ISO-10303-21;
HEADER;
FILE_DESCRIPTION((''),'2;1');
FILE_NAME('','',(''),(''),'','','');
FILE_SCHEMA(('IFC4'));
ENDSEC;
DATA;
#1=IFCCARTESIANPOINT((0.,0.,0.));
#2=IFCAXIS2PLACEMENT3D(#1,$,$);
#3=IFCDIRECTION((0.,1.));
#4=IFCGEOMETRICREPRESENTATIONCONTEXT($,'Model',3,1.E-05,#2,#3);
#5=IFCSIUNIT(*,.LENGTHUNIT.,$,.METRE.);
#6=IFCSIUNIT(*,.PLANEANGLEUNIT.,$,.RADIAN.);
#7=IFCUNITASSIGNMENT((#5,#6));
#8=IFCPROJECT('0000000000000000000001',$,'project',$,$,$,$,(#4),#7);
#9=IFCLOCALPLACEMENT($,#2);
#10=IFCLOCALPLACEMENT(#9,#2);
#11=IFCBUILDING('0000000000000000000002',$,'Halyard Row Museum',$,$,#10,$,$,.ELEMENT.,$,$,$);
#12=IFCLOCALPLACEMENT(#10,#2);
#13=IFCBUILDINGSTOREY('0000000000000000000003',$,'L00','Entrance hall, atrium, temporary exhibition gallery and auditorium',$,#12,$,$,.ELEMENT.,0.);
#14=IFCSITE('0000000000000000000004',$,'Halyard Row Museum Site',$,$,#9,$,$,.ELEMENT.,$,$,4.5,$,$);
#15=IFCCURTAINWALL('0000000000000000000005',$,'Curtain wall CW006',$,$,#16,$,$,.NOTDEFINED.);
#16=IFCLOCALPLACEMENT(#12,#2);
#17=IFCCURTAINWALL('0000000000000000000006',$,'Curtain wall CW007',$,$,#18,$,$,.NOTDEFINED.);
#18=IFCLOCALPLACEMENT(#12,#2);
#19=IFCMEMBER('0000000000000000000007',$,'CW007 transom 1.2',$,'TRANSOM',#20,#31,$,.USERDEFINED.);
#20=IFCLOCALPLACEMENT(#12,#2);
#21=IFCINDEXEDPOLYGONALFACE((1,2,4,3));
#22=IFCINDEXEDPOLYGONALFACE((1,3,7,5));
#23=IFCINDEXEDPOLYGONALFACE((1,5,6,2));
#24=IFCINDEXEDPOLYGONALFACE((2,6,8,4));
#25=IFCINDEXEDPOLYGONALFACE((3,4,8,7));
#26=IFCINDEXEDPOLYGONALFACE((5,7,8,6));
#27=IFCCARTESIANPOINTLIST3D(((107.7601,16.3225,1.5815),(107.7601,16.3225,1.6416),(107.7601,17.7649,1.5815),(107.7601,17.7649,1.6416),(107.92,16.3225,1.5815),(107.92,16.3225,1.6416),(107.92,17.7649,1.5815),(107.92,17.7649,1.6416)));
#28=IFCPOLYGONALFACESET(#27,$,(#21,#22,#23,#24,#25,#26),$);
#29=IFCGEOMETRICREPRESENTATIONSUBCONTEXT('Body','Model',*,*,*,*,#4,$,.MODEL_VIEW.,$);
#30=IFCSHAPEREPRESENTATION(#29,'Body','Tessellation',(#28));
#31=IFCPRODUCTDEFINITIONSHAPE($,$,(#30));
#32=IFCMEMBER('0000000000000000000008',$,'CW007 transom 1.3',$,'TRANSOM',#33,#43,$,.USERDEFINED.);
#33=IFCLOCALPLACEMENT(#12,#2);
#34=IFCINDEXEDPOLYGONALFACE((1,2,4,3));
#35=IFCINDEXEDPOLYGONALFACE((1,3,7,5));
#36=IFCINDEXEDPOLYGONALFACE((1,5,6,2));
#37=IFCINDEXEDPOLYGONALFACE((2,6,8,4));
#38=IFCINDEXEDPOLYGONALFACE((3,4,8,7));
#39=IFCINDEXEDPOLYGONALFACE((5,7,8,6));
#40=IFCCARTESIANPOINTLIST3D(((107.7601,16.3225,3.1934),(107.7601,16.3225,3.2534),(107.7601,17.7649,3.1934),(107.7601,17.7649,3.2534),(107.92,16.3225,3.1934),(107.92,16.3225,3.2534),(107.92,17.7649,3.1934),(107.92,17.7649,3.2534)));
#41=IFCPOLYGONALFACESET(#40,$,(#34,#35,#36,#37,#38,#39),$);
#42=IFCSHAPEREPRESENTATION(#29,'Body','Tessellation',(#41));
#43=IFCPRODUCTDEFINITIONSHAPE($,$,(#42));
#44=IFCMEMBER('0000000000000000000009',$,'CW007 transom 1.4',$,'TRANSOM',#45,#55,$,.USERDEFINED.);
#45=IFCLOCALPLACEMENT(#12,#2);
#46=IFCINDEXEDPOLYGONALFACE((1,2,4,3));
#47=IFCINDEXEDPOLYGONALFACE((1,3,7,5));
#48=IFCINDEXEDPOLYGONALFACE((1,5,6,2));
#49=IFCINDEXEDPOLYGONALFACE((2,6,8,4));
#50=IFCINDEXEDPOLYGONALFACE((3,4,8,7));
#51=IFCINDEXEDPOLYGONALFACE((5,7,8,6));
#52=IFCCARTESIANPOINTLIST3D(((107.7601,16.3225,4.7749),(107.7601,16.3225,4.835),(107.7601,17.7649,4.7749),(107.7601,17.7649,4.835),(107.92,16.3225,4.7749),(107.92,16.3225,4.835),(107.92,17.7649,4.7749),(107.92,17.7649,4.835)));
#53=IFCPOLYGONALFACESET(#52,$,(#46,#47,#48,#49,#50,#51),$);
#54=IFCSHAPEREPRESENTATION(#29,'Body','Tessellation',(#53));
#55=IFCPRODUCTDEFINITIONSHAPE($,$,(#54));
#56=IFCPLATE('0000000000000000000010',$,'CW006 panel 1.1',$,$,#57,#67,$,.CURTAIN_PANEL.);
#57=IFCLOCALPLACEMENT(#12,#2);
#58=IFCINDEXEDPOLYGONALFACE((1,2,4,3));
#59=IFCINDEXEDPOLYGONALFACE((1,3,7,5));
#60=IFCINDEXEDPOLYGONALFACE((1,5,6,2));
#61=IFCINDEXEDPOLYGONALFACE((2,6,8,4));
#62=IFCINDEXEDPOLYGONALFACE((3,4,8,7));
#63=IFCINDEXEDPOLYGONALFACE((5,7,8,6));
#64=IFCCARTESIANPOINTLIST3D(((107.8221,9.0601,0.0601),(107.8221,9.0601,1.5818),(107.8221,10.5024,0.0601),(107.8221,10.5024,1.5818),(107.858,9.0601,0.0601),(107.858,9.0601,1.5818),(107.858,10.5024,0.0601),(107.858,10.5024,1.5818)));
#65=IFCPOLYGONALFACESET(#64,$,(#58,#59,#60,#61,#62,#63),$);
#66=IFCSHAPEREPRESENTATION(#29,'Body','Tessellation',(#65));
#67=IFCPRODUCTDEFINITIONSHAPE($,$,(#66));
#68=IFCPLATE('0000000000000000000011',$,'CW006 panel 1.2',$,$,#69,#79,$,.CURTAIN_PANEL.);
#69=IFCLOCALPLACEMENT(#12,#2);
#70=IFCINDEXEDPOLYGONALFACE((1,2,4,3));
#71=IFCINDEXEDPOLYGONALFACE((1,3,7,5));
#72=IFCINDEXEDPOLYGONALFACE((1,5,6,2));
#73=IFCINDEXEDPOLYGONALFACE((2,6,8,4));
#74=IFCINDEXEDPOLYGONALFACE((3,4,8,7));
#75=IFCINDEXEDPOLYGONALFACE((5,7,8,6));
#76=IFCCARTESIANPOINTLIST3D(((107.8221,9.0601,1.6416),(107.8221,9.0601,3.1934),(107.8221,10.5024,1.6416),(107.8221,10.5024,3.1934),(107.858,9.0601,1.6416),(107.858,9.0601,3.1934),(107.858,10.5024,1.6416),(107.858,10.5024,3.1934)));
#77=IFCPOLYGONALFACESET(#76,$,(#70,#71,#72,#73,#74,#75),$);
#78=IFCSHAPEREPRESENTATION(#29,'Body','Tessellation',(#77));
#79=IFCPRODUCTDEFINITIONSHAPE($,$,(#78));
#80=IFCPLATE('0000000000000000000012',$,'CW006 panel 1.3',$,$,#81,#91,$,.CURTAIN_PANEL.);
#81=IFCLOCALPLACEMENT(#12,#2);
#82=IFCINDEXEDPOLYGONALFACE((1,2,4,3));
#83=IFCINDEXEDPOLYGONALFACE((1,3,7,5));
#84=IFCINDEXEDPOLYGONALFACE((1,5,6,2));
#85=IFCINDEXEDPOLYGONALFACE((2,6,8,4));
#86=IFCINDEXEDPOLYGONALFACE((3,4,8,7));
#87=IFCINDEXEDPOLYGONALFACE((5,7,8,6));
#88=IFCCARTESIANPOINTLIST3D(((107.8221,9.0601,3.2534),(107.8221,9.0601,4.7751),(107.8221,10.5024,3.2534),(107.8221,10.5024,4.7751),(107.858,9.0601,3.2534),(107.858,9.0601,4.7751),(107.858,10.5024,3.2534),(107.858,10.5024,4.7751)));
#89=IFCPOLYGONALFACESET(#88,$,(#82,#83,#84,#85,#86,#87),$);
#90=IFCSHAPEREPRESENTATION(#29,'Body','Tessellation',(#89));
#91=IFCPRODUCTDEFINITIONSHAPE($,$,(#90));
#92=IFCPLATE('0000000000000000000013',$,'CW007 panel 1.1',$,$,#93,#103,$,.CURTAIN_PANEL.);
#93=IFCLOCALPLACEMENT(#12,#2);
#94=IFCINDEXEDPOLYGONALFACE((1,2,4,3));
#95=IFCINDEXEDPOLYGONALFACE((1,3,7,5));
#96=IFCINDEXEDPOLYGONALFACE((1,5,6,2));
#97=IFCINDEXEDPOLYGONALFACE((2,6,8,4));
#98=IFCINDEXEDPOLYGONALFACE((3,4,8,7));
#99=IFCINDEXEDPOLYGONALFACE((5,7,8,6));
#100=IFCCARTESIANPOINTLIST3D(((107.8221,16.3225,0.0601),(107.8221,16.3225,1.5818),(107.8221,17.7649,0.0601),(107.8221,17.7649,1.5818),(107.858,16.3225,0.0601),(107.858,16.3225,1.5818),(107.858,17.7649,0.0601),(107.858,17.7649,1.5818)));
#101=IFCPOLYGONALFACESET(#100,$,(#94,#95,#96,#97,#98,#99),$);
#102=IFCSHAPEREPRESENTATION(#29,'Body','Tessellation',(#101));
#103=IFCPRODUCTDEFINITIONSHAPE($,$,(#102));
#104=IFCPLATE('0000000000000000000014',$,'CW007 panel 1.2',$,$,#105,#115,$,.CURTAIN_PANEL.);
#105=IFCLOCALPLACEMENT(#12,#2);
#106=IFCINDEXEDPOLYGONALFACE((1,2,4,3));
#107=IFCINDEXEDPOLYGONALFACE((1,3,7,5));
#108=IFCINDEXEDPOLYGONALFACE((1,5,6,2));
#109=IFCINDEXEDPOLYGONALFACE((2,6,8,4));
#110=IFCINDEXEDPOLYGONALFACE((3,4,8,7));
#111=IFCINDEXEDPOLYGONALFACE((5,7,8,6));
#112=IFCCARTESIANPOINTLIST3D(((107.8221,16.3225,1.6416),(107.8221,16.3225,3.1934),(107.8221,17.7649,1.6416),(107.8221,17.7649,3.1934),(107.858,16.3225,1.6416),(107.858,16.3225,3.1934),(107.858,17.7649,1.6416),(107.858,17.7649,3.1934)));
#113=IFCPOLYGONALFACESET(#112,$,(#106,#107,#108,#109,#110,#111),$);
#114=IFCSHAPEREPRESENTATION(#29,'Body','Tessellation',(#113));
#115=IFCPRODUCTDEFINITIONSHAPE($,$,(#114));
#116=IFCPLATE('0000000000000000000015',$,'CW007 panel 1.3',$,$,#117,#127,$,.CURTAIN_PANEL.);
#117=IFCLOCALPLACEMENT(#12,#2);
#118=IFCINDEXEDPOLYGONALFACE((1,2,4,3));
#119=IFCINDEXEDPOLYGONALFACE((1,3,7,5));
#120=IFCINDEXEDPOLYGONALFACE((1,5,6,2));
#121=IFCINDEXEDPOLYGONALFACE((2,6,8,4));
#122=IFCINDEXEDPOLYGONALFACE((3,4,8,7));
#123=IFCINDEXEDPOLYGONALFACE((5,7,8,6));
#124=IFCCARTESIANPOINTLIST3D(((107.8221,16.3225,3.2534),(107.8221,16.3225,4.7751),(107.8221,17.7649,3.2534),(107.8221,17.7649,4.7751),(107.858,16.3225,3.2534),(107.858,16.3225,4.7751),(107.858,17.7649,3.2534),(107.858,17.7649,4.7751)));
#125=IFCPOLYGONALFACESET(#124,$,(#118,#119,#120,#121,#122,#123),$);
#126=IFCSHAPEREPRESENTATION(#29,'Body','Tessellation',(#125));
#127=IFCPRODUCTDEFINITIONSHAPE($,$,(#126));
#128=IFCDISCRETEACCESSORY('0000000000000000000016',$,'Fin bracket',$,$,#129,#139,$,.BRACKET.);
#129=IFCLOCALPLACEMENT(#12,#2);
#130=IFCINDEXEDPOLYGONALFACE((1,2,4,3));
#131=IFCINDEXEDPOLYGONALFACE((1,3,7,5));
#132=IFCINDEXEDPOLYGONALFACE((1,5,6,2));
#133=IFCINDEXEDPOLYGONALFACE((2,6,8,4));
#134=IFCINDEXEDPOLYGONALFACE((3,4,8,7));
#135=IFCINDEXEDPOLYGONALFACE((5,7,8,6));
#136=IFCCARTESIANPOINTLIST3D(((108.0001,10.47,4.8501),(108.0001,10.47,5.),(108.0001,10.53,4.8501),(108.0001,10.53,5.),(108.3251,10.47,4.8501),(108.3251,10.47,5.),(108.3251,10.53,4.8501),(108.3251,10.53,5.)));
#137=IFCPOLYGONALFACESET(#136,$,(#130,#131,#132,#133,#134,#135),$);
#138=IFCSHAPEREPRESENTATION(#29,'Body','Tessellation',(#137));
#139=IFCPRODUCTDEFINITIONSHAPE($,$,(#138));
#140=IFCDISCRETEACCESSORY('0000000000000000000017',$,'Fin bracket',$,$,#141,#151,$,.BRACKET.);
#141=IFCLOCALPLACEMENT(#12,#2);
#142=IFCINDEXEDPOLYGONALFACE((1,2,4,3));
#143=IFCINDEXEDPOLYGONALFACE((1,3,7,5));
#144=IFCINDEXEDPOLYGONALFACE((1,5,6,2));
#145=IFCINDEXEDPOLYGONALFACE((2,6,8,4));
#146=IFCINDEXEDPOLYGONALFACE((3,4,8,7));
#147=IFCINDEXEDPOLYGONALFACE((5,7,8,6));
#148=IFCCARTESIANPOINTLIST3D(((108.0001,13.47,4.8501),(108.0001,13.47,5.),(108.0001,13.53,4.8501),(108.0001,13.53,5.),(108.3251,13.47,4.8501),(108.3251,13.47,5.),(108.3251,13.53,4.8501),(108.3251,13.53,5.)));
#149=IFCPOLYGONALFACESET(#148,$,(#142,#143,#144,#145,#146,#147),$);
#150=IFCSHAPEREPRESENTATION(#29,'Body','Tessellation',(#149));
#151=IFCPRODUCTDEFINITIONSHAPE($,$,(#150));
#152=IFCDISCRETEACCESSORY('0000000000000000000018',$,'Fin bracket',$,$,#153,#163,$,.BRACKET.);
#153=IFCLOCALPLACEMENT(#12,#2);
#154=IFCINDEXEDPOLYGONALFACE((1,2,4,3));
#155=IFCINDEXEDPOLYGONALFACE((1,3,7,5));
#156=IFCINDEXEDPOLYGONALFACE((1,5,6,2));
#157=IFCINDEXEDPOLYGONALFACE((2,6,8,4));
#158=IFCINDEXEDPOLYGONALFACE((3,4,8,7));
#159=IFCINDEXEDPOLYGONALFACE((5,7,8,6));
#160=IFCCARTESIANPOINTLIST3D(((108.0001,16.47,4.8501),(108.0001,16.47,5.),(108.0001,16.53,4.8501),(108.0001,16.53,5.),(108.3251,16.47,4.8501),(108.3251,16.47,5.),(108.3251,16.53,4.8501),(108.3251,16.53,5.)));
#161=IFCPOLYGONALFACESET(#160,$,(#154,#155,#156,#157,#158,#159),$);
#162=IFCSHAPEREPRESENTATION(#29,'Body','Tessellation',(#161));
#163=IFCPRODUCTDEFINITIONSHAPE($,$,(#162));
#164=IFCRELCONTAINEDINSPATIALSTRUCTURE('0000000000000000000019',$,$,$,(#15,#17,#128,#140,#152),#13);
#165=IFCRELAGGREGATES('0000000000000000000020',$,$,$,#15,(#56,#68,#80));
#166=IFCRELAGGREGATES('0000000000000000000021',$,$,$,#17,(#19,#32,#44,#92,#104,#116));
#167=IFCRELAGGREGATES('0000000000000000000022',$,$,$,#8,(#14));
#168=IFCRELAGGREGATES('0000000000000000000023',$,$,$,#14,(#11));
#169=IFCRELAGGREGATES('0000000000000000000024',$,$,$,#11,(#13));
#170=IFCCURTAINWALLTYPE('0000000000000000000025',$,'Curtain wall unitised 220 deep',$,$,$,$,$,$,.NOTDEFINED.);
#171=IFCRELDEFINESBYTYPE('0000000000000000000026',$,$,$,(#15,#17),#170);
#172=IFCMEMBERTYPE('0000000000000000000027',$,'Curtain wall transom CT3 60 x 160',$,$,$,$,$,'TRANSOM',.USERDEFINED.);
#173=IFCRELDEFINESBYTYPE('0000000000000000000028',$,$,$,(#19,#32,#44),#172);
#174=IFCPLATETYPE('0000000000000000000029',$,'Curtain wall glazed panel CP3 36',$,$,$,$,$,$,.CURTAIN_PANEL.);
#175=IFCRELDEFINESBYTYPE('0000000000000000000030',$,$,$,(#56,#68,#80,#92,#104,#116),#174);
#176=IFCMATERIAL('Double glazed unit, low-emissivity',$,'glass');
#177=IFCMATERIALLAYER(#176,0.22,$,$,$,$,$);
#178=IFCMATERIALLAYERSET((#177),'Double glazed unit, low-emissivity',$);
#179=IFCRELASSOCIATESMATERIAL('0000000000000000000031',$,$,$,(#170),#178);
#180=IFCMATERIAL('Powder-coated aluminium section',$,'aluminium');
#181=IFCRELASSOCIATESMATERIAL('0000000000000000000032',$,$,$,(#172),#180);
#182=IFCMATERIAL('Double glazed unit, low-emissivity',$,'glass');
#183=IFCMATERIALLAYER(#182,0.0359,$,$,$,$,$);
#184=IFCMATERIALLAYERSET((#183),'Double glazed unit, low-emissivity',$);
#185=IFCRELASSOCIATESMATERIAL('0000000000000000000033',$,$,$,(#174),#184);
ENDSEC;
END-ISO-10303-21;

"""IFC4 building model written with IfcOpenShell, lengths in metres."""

from ifc_helpers import new_model, si_unit, direction, frame, origin, origin_2d, place, context, subcontext, project, spatial, rectangle, extrude, material, layer, layer_set, material_profile, profile_set, type_object, element, aggregate, save


model = new_model("IFC4")

# Units and contexts
model_context = context("Model", 3, precision=1e-05, world=origin(), true_north=direction((0.0, 1.0)))
body_context = subcontext(model_context, "Body", "Model", "MODEL_VIEW")
ifc_project = project(units=[si_unit("LENGTHUNIT", "METRE"), si_unit("PLANEANGLEUNIT", "RADIAN")], contexts=[model_context])

# Site, building, storey
site_placement = place(None, origin())
site = spatial("IfcSite", under=ifc_project, at=site_placement, Name="Halyard Row Museum Site", CompositionType="ELEMENT", RefElevation=4.5)
building_placement = place(site_placement, origin())
building = spatial("IfcBuilding", under=site, at=building_placement, Name="Halyard Row Museum", CompositionType="ELEMENT")
storey_placement = place(building_placement, origin())
storey = spatial("IfcBuildingStorey", under=building, at=storey_placement, Name="L00", Description="Entrance hall, atrium, temporary exhibition gallery and auditorium", CompositionType="ELEMENT", Elevation=0.0)

# Curtain walls
ifc_material_1 = material(Name="Double glazed unit, low-emissivity", Category="glass")
ifc_layer_1 = layer(ifc_material_1, 0.22)
ifc_layer_set_1 = layer_set([ifc_layer_1], Name="Double glazed unit, low-emissivity")
curtain_wall_type = type_object("IfcCurtainWallType", Name="Curtain wall unitised 220 deep", PredefinedType="NOTDEFINED", material=ifc_layer_set_1)
curtain_wall_1_placement = place(storey_placement, origin())
curtain_wall_1 = element("IfcCurtainWall", 1, at=curtain_wall_1_placement, inside=storey, type_object=curtain_wall_type, Name="Curtain wall CW006", PredefinedType="NOTDEFINED")
curtain_wall_2_placement = place(storey_placement, origin())
curtain_wall_2 = element("IfcCurtainWall", 2, at=curtain_wall_2_placement, inside=storey, type_object=curtain_wall_type, Name="Curtain wall CW007", PredefinedType="NOTDEFINED")

# Members
ifc_material_2 = material(Name="Powder-coated aluminium section", Category="aluminium")
ifc_material_profile_1 = material_profile(ifc_material_2, rectangle(XDim=0.1599, YDim=0.0601, at=origin_2d()), Name="160x60 transom")
ifc_profile_set_1 = profile_set([ifc_material_profile_1], Name="Powder-coated aluminium section")
member_type_1 = type_object("IfcMemberType", Name="Curtain wall transom CT3 60 x 160", ElementType="TRANSOM", PredefinedType="USERDEFINED", material=ifc_profile_set_1)
member_1_placement = place(storey_placement, frame((107.8401, 16.3225, 1.6116), z_axis=(0.0, 1.0, 0.0), x_axis=(-1.0, 0.0, 0.0)))
member_1 = element("IfcMember", 3, at=member_1_placement, type_object=member_type_1, Name="CW007 transom 1.2", ObjectType="TRANSOM", PredefinedType="USERDEFINED", context=body_context, shape_type="SweptSolid", body=[
    extrude(rectangle(XDim=0.1599, YDim=0.0601, at=origin_2d()), origin(), (0.0, 0.0, 1.0), 1.4424),
])
member_2_placement = place(storey_placement, frame((107.8401, 16.3225, 3.2234), z_axis=(0.0, 1.0, 0.0), x_axis=(-1.0, 0.0, 0.0)))
member_2 = element("IfcMember", 4, at=member_2_placement, type_object=member_type_1, Name="CW007 transom 1.3", ObjectType="TRANSOM", PredefinedType="USERDEFINED", context=body_context, shape_type="SweptSolid", body=[
    extrude(rectangle(XDim=0.1599, YDim=0.0601, at=origin_2d()), origin(), (0.0, 0.0, 1.0), 1.4424),
])
member_3_placement = place(storey_placement, frame((107.8401, 16.3225, 4.8049), z_axis=(0.0, 1.0, 0.0), x_axis=(-1.0, 0.0, 0.0)))
member_3 = element("IfcMember", 5, at=member_3_placement, type_object=member_type_1, Name="CW007 transom 1.4", ObjectType="TRANSOM", PredefinedType="USERDEFINED", context=body_context, shape_type="SweptSolid", body=[
    extrude(rectangle(XDim=0.1599, YDim=0.0601, at=origin_2d()), origin(), (0.0, 0.0, 1.0), 1.4424),
])

# Plates
ifc_material_3 = material(Name="Double glazed unit, low-emissivity", Category="glass")
ifc_layer_2 = layer(ifc_material_3, 0.0359)
ifc_layer_set_2 = layer_set([ifc_layer_2], Name="Double glazed unit, low-emissivity")
plate_type = type_object("IfcPlateType", Name="Curtain wall glazed panel CP3 36", PredefinedType="CURTAIN_PANEL", material=ifc_layer_set_2)
plate_1_placement = place(storey_placement, frame((107.8401, 9.7812, 0.0601), z_axis=(0.0, 0.0, 1.0), x_axis=(0.0, 1.0, 0.0)))
plate_1 = element("IfcPlate", 6, at=plate_1_placement, type_object=plate_type, Name="CW006 panel 1.1", PredefinedType="CURTAIN_PANEL", context=body_context, shape_type="SweptSolid", body=[
    extrude(rectangle(XDim=1.4424, YDim=0.0359, at=origin_2d()), origin(), (0.0, 0.0, 1.0), 1.5217),
])
plate_2_placement = place(storey_placement, frame((107.8401, 9.7812, 1.6416), z_axis=(0.0, 0.0, 1.0), x_axis=(0.0, 1.0, 0.0)))
plate_2 = element("IfcPlate", 7, at=plate_2_placement, type_object=plate_type, Name="CW006 panel 1.2", PredefinedType="CURTAIN_PANEL", context=body_context, shape_type="SweptSolid", body=[
    extrude(rectangle(XDim=1.4424, YDim=0.0359, at=origin_2d()), origin(), (0.0, 0.0, 1.0), 1.5518),
])
plate_3_placement = place(storey_placement, frame((107.8401, 9.7812, 3.2534), z_axis=(0.0, 0.0, 1.0), x_axis=(0.0, 1.0, 0.0)))
plate_3 = element("IfcPlate", 8, at=plate_3_placement, type_object=plate_type, Name="CW006 panel 1.3", PredefinedType="CURTAIN_PANEL", context=body_context, shape_type="SweptSolid", body=[
    extrude(rectangle(XDim=1.4424, YDim=0.0359, at=origin_2d()), origin(), (0.0, 0.0, 1.0), 1.5217),
])
aggregate(curtain_wall_1, [plate_1, plate_2, plate_3])
plate_4_placement = place(storey_placement, frame((107.8401, 17.0437, 0.0601), z_axis=(0.0, 0.0, 1.0), x_axis=(0.0, 1.0, 0.0)))
plate_4 = element("IfcPlate", 9, at=plate_4_placement, type_object=plate_type, Name="CW007 panel 1.1", PredefinedType="CURTAIN_PANEL", context=body_context, shape_type="SweptSolid", body=[
    extrude(rectangle(XDim=1.4424, YDim=0.0359, at=origin_2d()), origin(), (0.0, 0.0, 1.0), 1.5217),
])
plate_5_placement = place(storey_placement, frame((107.8401, 17.0437, 1.6416), z_axis=(0.0, 0.0, 1.0), x_axis=(0.0, 1.0, 0.0)))
plate_5 = element("IfcPlate", 10, at=plate_5_placement, type_object=plate_type, Name="CW007 panel 1.2", PredefinedType="CURTAIN_PANEL", context=body_context, shape_type="SweptSolid", body=[
    extrude(rectangle(XDim=1.4424, YDim=0.0359, at=origin_2d()), origin(), (0.0, 0.0, 1.0), 1.5518),
])
plate_6_placement = place(storey_placement, frame((107.8401, 17.0437, 3.2534), z_axis=(0.0, 0.0, 1.0), x_axis=(0.0, 1.0, 0.0)))
plate_6 = element("IfcPlate", 11, at=plate_6_placement, type_object=plate_type, Name="CW007 panel 1.3", PredefinedType="CURTAIN_PANEL", context=body_context, shape_type="SweptSolid", body=[
    extrude(rectangle(XDim=1.4424, YDim=0.0359, at=origin_2d()), origin(), (0.0, 0.0, 1.0), 1.5217),
])
aggregate(curtain_wall_2, [member_1, member_2, member_3, plate_4, plate_5, plate_6])

# Discrete accessories
for number, where, z_axis, x_axis, name in (
    (12, (108.1626, 10.5, 4.8501), (0.0, 0.0, 1.0), (1.0, 0.0, 0.0), "Fin bracket"),
    (13, (108.1626, 13.5, 4.8501), (0.0, 0.0, 1.0), (1.0, 0.0, 0.0), "Fin bracket"),
    (14, (108.1626, 16.5, 4.8501), (0.0, 0.0, 1.0), (1.0, 0.0, 0.0), "Fin bracket"),
):
    element("IfcDiscreteAccessory", number, at=place(storey_placement, frame(where, z_axis=z_axis, x_axis=x_axis)), inside=storey, Name=name, PredefinedType="BRACKET", context=body_context, shape_type="SweptSolid", body=[
        extrude(rectangle(XDim=0.325, YDim=0.0601, at=origin_2d()), origin(), (0.0, 0.0, 1.0), 0.1499),
    ])

save(model, "model.ifc")
